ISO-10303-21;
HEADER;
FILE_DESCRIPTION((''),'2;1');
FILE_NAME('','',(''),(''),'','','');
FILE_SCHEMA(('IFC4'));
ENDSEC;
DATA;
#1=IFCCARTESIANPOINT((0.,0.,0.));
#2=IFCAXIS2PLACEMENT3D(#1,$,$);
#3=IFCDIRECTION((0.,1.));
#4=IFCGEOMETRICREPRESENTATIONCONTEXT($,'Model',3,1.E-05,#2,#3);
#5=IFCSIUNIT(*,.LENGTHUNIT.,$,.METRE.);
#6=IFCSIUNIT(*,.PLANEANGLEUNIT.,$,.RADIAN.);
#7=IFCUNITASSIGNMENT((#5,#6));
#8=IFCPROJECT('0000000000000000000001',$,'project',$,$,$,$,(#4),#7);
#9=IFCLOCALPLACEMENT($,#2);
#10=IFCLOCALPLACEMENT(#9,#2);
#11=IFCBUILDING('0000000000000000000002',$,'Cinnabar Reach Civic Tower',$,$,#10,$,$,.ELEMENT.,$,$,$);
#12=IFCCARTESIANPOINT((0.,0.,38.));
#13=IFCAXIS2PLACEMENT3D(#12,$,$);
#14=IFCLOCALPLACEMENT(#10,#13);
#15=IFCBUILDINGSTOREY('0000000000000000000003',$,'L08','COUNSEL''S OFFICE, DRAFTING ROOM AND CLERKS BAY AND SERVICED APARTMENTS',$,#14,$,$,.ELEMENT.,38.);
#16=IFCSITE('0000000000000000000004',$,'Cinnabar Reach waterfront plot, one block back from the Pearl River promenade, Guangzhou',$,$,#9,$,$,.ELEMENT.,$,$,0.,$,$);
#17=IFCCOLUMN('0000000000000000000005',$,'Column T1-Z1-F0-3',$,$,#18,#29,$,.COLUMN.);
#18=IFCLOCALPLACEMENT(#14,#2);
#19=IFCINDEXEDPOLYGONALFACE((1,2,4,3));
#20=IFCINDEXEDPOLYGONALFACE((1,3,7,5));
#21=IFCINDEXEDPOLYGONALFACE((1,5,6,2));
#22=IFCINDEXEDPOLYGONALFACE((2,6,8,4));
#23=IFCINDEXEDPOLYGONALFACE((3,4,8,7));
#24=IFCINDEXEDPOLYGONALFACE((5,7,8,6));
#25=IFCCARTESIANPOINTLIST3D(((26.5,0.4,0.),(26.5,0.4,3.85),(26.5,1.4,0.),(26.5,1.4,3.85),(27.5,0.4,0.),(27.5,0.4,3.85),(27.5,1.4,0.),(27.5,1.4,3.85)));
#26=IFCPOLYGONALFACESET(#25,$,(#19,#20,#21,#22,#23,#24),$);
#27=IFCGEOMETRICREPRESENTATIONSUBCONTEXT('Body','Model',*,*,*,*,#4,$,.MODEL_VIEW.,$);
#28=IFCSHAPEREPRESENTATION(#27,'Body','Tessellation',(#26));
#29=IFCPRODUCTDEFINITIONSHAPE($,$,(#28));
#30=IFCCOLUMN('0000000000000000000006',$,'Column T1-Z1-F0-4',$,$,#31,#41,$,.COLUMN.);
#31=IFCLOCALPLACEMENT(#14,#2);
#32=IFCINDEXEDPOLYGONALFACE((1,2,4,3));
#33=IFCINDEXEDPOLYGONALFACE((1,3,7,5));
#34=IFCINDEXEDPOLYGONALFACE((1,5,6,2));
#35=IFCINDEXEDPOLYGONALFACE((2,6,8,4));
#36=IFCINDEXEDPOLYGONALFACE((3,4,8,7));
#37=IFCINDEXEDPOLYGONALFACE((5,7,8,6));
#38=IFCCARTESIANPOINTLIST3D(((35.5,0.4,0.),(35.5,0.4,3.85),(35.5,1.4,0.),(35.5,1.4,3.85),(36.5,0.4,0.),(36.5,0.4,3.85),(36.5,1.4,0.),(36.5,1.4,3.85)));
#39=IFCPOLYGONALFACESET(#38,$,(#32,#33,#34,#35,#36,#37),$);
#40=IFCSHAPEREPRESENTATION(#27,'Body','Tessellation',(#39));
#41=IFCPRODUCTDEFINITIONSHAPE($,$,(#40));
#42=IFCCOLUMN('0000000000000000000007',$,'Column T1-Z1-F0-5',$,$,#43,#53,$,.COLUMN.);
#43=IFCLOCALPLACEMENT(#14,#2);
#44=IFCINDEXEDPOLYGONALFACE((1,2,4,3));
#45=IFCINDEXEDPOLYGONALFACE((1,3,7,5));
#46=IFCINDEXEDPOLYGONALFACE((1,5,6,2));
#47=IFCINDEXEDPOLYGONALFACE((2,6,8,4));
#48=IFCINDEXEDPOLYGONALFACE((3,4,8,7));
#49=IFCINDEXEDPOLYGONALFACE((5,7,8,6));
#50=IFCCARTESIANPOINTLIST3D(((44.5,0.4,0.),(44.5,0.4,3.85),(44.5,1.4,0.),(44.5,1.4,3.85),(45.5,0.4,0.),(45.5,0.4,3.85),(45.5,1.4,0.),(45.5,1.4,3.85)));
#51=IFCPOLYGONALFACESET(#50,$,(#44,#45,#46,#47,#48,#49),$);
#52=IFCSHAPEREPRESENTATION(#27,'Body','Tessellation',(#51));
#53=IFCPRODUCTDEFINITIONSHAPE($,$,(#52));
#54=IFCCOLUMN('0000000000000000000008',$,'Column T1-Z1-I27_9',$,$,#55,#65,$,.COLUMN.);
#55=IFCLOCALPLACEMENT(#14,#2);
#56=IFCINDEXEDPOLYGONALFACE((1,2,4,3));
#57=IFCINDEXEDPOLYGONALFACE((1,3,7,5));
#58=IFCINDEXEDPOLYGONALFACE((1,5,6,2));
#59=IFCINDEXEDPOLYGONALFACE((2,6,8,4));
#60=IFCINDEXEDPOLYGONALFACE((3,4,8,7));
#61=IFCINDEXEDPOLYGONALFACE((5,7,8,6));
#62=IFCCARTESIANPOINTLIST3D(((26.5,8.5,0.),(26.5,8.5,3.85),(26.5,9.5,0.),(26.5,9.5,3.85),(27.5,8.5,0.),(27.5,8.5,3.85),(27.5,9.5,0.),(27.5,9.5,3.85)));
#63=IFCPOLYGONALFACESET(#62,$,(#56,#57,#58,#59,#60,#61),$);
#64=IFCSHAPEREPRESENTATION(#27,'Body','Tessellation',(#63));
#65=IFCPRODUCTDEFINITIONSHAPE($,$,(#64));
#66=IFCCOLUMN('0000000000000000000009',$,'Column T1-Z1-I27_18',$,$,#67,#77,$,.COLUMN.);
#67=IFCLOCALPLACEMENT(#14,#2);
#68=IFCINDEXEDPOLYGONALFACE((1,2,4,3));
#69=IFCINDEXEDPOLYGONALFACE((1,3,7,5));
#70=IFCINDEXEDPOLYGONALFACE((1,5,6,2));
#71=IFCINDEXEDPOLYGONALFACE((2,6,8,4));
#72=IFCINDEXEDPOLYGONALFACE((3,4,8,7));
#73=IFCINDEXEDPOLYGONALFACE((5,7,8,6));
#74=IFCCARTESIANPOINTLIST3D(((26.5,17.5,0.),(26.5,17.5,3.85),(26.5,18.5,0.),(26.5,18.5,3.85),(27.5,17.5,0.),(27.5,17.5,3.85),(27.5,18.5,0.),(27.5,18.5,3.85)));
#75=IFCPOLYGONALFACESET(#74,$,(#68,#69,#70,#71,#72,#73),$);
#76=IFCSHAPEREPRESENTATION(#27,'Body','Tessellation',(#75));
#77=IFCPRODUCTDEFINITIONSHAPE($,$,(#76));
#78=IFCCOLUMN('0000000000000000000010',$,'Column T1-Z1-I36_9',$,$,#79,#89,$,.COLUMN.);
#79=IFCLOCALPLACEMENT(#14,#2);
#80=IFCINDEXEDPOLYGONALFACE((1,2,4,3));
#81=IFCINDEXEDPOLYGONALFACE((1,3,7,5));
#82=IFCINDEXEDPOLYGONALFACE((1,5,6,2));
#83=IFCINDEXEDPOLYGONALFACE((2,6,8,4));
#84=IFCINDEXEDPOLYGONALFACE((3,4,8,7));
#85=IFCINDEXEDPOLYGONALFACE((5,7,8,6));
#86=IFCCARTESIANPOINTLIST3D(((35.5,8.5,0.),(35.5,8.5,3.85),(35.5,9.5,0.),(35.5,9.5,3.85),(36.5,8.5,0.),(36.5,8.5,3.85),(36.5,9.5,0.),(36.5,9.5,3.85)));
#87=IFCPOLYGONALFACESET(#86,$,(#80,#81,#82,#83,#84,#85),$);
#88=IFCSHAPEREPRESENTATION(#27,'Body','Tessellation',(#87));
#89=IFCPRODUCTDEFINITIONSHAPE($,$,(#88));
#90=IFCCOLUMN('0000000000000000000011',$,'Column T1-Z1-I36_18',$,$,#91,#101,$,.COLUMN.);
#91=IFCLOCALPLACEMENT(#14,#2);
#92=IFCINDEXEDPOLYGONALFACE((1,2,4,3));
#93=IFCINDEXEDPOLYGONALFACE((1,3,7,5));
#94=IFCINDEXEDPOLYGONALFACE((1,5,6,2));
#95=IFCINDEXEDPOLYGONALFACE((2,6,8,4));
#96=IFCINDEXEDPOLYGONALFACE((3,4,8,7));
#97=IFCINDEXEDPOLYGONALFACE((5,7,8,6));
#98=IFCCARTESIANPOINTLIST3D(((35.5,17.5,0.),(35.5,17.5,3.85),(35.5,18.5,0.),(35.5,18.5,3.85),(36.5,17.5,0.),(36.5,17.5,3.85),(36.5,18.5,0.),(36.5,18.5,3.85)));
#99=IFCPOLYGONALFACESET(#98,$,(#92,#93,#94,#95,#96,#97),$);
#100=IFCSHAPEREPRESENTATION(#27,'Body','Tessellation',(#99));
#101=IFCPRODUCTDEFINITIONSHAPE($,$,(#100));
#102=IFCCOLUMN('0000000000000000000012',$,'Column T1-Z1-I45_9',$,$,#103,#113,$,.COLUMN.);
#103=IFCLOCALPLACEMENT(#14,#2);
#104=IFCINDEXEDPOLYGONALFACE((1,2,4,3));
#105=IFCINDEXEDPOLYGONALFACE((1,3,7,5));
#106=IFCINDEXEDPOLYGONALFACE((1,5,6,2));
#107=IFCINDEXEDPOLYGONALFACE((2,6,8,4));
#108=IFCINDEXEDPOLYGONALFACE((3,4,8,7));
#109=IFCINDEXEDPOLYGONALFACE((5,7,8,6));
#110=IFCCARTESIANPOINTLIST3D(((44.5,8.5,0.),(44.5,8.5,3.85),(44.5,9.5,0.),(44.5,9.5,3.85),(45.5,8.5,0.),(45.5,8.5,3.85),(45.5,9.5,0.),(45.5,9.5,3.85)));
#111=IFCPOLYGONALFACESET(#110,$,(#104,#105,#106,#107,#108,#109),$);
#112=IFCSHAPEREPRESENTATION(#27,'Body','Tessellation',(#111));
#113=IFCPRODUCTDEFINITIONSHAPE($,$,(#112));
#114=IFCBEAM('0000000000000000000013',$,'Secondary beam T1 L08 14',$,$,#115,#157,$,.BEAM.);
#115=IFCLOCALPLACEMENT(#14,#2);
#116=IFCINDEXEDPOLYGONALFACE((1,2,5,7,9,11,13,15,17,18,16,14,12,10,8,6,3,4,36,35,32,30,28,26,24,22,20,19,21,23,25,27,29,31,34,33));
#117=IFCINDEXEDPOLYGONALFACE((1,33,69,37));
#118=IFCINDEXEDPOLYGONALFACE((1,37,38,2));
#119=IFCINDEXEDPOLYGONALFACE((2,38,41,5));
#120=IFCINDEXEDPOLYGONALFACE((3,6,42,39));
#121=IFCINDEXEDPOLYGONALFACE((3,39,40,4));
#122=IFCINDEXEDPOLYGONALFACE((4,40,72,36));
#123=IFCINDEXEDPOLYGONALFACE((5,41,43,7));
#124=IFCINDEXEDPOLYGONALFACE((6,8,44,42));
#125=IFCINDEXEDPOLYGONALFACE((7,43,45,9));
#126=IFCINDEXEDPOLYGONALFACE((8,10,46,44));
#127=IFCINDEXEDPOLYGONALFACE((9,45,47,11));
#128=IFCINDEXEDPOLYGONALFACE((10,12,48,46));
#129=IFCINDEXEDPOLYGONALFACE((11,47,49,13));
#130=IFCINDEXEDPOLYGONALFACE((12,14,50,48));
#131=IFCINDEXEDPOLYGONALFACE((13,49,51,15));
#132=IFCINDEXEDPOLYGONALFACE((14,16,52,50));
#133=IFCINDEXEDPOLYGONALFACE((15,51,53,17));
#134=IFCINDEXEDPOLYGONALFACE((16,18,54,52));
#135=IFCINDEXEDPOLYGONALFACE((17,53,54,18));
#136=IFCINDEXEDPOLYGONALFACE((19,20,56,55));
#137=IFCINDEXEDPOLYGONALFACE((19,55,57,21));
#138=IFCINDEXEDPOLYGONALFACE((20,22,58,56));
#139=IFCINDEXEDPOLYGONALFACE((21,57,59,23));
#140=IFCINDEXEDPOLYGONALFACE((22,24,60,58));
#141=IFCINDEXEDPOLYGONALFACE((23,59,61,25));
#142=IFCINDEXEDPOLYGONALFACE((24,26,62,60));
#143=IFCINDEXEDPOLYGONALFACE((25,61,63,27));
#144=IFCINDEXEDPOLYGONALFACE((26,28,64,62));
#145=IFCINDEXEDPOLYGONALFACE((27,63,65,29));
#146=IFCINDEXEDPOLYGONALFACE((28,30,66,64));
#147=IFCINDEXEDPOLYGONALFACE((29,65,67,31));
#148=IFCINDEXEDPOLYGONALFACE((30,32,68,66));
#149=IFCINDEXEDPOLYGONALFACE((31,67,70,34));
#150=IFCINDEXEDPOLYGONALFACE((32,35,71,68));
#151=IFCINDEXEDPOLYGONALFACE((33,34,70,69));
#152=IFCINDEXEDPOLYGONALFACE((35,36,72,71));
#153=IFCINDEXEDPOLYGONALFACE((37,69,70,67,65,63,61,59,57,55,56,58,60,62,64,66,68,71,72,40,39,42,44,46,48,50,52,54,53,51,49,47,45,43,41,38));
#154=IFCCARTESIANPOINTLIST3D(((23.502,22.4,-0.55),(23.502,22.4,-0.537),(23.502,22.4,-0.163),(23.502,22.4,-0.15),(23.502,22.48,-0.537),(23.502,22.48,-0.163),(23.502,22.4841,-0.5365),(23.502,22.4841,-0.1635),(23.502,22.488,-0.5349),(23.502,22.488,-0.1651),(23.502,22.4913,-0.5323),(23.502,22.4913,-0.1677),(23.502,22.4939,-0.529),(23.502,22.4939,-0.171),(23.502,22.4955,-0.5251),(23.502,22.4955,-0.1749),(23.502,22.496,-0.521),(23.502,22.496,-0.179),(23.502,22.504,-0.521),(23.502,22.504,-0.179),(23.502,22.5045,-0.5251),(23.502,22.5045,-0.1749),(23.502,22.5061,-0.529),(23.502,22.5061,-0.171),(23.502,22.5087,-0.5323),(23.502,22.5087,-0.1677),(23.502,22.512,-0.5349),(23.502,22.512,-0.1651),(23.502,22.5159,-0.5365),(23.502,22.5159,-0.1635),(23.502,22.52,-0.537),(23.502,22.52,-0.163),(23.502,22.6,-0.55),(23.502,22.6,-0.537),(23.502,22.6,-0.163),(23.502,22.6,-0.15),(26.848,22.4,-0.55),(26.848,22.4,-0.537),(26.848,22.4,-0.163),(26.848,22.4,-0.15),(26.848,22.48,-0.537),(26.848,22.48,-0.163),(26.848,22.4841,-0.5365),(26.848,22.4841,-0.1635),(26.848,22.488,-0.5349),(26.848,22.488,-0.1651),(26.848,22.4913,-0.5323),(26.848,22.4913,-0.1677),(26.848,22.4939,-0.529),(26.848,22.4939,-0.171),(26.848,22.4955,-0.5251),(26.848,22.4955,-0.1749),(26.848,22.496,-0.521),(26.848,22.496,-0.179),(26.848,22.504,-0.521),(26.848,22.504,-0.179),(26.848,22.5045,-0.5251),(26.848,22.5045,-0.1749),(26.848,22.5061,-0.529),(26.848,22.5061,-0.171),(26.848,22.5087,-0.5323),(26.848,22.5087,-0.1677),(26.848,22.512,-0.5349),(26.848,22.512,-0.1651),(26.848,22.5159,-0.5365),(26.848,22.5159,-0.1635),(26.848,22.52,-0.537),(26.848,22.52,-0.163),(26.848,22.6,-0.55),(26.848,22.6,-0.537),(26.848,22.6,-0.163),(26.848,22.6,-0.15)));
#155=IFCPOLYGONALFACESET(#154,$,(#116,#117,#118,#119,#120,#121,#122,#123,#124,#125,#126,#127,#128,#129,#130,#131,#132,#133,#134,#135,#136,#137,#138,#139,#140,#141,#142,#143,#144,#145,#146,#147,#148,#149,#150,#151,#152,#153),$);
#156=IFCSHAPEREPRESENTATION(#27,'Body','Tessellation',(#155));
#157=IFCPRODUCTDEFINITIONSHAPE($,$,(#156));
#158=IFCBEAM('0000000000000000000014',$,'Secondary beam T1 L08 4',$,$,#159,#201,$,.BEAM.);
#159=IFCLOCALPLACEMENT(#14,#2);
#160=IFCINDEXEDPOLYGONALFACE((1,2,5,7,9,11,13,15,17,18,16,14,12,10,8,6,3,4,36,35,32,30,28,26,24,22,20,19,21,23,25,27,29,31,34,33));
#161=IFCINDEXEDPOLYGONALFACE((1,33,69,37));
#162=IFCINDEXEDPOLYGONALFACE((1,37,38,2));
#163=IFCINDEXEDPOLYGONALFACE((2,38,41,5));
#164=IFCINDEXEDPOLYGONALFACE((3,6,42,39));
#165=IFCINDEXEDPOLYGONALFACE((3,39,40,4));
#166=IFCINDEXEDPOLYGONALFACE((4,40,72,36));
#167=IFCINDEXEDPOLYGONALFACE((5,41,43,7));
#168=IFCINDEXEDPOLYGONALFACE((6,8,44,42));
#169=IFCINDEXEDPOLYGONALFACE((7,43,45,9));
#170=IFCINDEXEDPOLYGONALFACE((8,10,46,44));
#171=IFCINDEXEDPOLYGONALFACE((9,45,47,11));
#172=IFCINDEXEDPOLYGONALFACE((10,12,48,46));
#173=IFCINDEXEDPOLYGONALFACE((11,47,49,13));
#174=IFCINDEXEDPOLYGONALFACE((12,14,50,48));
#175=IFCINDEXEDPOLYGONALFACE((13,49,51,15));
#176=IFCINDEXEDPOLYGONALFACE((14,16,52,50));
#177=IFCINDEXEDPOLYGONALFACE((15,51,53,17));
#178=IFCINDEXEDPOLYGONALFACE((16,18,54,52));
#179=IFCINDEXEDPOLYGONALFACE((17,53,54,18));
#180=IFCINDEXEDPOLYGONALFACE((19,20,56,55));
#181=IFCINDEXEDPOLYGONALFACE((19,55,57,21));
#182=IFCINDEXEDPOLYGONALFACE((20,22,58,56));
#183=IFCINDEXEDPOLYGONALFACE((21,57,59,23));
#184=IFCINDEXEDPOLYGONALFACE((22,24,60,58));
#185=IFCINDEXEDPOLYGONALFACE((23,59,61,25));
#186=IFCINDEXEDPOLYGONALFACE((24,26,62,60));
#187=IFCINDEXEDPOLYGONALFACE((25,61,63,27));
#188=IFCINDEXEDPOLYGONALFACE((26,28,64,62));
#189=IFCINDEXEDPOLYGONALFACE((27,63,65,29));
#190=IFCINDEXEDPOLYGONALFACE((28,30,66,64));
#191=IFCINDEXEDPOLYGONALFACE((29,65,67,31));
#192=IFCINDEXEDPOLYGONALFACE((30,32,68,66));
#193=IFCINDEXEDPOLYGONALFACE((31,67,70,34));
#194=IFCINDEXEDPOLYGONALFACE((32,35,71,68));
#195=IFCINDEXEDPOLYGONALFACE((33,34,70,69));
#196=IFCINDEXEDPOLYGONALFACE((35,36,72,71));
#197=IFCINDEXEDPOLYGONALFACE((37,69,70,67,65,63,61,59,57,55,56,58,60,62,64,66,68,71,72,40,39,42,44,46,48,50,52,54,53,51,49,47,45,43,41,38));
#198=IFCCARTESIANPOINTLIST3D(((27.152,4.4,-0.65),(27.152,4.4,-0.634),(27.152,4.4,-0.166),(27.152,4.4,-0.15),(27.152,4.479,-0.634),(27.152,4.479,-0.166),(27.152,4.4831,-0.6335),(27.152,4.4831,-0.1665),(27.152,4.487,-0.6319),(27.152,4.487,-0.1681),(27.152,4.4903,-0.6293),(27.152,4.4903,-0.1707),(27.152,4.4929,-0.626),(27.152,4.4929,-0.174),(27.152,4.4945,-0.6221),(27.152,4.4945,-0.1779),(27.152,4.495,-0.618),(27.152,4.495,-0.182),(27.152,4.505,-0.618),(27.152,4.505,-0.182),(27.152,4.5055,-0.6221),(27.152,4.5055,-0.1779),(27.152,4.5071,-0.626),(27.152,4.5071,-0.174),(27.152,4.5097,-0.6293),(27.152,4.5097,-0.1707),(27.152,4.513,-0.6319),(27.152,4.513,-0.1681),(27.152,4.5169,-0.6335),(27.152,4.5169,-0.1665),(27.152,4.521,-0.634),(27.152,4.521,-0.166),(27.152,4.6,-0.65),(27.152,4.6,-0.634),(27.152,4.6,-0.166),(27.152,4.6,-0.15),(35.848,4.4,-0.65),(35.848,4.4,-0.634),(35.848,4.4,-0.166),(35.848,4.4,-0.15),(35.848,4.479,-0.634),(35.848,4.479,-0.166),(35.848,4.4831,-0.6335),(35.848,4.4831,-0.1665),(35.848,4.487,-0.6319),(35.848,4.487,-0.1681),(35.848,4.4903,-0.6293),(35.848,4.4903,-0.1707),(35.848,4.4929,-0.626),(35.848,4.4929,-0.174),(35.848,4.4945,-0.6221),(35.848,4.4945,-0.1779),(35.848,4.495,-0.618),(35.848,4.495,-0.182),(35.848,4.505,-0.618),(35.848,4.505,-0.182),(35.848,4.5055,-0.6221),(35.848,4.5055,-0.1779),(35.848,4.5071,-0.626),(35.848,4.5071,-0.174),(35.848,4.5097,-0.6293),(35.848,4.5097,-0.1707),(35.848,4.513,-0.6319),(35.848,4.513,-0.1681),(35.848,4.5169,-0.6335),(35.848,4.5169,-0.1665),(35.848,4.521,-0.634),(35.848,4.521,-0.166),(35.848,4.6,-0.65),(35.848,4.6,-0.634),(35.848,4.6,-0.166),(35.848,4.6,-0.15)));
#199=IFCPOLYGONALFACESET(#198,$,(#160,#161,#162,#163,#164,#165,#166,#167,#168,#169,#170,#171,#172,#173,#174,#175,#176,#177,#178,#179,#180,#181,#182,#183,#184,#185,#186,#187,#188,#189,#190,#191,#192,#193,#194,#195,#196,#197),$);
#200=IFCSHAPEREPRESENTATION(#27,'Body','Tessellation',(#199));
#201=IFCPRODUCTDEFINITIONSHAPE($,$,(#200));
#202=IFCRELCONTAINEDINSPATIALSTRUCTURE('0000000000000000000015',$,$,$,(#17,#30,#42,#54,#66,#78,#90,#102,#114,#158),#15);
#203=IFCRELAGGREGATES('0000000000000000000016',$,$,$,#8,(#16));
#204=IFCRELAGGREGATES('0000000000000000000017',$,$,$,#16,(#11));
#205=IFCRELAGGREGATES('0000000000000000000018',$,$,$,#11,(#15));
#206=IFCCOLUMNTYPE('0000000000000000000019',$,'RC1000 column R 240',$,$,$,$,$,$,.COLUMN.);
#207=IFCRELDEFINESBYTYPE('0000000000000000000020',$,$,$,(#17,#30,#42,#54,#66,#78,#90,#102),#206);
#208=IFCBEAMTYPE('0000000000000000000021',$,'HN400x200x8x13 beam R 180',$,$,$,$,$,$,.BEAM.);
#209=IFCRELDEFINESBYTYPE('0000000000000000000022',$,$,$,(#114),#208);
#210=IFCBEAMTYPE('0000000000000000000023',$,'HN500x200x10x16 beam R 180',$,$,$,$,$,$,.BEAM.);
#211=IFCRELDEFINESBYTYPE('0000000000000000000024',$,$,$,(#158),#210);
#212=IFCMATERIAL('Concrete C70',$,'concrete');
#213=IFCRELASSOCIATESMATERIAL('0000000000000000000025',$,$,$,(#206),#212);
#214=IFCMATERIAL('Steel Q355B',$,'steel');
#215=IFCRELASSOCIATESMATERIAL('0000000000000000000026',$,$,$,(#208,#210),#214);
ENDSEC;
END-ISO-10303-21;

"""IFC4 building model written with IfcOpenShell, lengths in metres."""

from ifc_helpers import new_model, si_unit, direction, frame, origin, origin_2d, place, context, subcontext, project, spatial, rectangle, i_section, extrude, material, material_profile, profile_set, type_object, element, save


model = new_model("IFC4")

# Units and contexts
model_context = context("Model", 3, precision=1e-05, world=origin(), true_north=direction((0.0, 1.0)))
body_context = subcontext(model_context, "Body", "Model", "MODEL_VIEW")
ifc_project = project(units=[si_unit("LENGTHUNIT", "METRE"), si_unit("PLANEANGLEUNIT", "RADIAN")], contexts=[model_context])

# Site, building, storey
site_placement = place(None, origin())
site = spatial("IfcSite", under=ifc_project, at=site_placement, Name="Cinnabar Reach waterfront plot, one block back from the Pearl River promenade, Guangzhou", CompositionType="ELEMENT", RefElevation=0.0)
building_placement = place(site_placement, origin())
building = spatial("IfcBuilding", under=site, at=building_placement, Name="Cinnabar Reach Civic Tower", CompositionType="ELEMENT")
storey_placement = place(building_placement, frame((0.0, 0.0, 38.0)))
storey = spatial("IfcBuildingStorey", under=building, at=storey_placement, Name="L08", Description="COUNSEL'S OFFICE, DRAFTING ROOM AND CLERKS BAY AND SERVICED APARTMENTS", CompositionType="ELEMENT", Elevation=38.0)

# Columns
ifc_material_1 = material(Name="Concrete C70", Category="concrete")
ifc_material_profile_1 = material_profile(ifc_material_1, rectangle(XDim=1.0, YDim=1.0, at=origin_2d()), Name="RC1000")
ifc_profile_set_1 = profile_set([ifc_material_profile_1], Name="Concrete C70")
column_type = type_object("IfcColumnType", Name="RC1000 column R 240", PredefinedType="COLUMN", material=ifc_profile_set_1)
for number, where, z_axis, x_axis, name in (
    (1, (27.0, 0.9, 0.0), (0.0, 0.0, 1.0), (1.0, 0.0, 0.0), "Column T1-Z1-F0-3"),
    (2, (36.0, 0.9, 0.0), (0.0, 0.0, 1.0), (1.0, 0.0, 0.0), "Column T1-Z1-F0-4"),
    (3, (45.0, 0.9, 0.0), (0.0, 0.0, 1.0), (1.0, 0.0, 0.0), "Column T1-Z1-F0-5"),
    (4, (27.0, 9.0, 0.0), (0.0, 0.0, 1.0), (1.0, 0.0, 0.0), "Column T1-Z1-I27_9"),
    (5, (27.0, 18.0, 0.0), (0.0, 0.0, 1.0), (1.0, 0.0, 0.0), "Column T1-Z1-I27_18"),
    (6, (36.0, 9.0, 0.0), (0.0, 0.0, 1.0), (1.0, 0.0, 0.0), "Column T1-Z1-I36_9"),
    (7, (36.0, 18.0, 0.0), (0.0, 0.0, 1.0), (1.0, 0.0, 0.0), "Column T1-Z1-I36_18"),
    (8, (45.0, 9.0, 0.0), (0.0, 0.0, 1.0), (1.0, 0.0, 0.0), "Column T1-Z1-I45_9"),
):
    element("IfcColumn", number, at=place(storey_placement, frame(where, z_axis=z_axis, x_axis=x_axis)), inside=storey, type_object=column_type, Name=name, PredefinedType="COLUMN", context=body_context, shape_type="SweptSolid", body=[
        extrude(rectangle(XDim=1.0, YDim=1.0, at=origin_2d()), origin(), (0.0, 0.0, 1.0), 3.85),
    ])

# Beams
ifc_material_2 = material(Name="Steel Q355B", Category="steel")
ifc_material_profile_2 = material_profile(ifc_material_2, i_section(OverallWidth=0.2, OverallDepth=0.4, WebThickness=0.008, FlangeThickness=0.013, FilletRadius=0.016, at=origin_2d()), Name="HN400x200x8x13")
ifc_profile_set_2 = profile_set([ifc_material_profile_2], Name="Steel Q355B")
beam_type_1 = type_object("IfcBeamType", Name="HN400x200x8x13 beam R 180", PredefinedType="BEAM", material=ifc_profile_set_2)
beam_1_placement = place(storey_placement, frame((23.502, 22.5, -0.35), z_axis=(1.0, 0.0, 0.0), x_axis=(0.0, 1.0, 0.0)))
element("IfcBeam", 9, at=beam_1_placement, inside=storey, type_object=beam_type_1, Name="Secondary beam T1 L08 14", PredefinedType="BEAM", context=body_context, shape_type="SweptSolid", body=[
    extrude(i_section(OverallWidth=0.2, OverallDepth=0.4, WebThickness=0.008, FlangeThickness=0.013, FilletRadius=0.016, at=origin_2d()), origin(), (0.0, 0.0, 1.0), 3.346),
])
ifc_material_profile_3 = material_profile(ifc_material_2, i_section(OverallWidth=0.2, OverallDepth=0.5, WebThickness=0.01, FlangeThickness=0.016, FilletRadius=0.016, at=origin_2d()), Name="HN500x200x10x16")
ifc_profile_set_3 = profile_set([ifc_material_profile_3], Name="Steel Q355B")
beam_type_2 = type_object("IfcBeamType", Name="HN500x200x10x16 beam R 180", PredefinedType="BEAM", material=ifc_profile_set_3)
for number, where, z_axis, x_axis, name in (
    (10, (27.152, 4.5, -0.4), (1.0, 0.0, 0.0), (0.0, 1.0, 0.0), "Secondary beam T1 L08 4"),
):
    element("IfcBeam", number, at=place(storey_placement, frame(where, z_axis=z_axis, x_axis=x_axis)), inside=storey, type_object=beam_type_2, Name=name, PredefinedType="BEAM", context=body_context, shape_type="SweptSolid", body=[
        extrude(i_section(OverallWidth=0.2, OverallDepth=0.5, WebThickness=0.01, FlangeThickness=0.016, FilletRadius=0.016, at=origin_2d()), origin(), (0.0, 0.0, 1.0), 8.696),
    ])

save(model, "model.ifc")
